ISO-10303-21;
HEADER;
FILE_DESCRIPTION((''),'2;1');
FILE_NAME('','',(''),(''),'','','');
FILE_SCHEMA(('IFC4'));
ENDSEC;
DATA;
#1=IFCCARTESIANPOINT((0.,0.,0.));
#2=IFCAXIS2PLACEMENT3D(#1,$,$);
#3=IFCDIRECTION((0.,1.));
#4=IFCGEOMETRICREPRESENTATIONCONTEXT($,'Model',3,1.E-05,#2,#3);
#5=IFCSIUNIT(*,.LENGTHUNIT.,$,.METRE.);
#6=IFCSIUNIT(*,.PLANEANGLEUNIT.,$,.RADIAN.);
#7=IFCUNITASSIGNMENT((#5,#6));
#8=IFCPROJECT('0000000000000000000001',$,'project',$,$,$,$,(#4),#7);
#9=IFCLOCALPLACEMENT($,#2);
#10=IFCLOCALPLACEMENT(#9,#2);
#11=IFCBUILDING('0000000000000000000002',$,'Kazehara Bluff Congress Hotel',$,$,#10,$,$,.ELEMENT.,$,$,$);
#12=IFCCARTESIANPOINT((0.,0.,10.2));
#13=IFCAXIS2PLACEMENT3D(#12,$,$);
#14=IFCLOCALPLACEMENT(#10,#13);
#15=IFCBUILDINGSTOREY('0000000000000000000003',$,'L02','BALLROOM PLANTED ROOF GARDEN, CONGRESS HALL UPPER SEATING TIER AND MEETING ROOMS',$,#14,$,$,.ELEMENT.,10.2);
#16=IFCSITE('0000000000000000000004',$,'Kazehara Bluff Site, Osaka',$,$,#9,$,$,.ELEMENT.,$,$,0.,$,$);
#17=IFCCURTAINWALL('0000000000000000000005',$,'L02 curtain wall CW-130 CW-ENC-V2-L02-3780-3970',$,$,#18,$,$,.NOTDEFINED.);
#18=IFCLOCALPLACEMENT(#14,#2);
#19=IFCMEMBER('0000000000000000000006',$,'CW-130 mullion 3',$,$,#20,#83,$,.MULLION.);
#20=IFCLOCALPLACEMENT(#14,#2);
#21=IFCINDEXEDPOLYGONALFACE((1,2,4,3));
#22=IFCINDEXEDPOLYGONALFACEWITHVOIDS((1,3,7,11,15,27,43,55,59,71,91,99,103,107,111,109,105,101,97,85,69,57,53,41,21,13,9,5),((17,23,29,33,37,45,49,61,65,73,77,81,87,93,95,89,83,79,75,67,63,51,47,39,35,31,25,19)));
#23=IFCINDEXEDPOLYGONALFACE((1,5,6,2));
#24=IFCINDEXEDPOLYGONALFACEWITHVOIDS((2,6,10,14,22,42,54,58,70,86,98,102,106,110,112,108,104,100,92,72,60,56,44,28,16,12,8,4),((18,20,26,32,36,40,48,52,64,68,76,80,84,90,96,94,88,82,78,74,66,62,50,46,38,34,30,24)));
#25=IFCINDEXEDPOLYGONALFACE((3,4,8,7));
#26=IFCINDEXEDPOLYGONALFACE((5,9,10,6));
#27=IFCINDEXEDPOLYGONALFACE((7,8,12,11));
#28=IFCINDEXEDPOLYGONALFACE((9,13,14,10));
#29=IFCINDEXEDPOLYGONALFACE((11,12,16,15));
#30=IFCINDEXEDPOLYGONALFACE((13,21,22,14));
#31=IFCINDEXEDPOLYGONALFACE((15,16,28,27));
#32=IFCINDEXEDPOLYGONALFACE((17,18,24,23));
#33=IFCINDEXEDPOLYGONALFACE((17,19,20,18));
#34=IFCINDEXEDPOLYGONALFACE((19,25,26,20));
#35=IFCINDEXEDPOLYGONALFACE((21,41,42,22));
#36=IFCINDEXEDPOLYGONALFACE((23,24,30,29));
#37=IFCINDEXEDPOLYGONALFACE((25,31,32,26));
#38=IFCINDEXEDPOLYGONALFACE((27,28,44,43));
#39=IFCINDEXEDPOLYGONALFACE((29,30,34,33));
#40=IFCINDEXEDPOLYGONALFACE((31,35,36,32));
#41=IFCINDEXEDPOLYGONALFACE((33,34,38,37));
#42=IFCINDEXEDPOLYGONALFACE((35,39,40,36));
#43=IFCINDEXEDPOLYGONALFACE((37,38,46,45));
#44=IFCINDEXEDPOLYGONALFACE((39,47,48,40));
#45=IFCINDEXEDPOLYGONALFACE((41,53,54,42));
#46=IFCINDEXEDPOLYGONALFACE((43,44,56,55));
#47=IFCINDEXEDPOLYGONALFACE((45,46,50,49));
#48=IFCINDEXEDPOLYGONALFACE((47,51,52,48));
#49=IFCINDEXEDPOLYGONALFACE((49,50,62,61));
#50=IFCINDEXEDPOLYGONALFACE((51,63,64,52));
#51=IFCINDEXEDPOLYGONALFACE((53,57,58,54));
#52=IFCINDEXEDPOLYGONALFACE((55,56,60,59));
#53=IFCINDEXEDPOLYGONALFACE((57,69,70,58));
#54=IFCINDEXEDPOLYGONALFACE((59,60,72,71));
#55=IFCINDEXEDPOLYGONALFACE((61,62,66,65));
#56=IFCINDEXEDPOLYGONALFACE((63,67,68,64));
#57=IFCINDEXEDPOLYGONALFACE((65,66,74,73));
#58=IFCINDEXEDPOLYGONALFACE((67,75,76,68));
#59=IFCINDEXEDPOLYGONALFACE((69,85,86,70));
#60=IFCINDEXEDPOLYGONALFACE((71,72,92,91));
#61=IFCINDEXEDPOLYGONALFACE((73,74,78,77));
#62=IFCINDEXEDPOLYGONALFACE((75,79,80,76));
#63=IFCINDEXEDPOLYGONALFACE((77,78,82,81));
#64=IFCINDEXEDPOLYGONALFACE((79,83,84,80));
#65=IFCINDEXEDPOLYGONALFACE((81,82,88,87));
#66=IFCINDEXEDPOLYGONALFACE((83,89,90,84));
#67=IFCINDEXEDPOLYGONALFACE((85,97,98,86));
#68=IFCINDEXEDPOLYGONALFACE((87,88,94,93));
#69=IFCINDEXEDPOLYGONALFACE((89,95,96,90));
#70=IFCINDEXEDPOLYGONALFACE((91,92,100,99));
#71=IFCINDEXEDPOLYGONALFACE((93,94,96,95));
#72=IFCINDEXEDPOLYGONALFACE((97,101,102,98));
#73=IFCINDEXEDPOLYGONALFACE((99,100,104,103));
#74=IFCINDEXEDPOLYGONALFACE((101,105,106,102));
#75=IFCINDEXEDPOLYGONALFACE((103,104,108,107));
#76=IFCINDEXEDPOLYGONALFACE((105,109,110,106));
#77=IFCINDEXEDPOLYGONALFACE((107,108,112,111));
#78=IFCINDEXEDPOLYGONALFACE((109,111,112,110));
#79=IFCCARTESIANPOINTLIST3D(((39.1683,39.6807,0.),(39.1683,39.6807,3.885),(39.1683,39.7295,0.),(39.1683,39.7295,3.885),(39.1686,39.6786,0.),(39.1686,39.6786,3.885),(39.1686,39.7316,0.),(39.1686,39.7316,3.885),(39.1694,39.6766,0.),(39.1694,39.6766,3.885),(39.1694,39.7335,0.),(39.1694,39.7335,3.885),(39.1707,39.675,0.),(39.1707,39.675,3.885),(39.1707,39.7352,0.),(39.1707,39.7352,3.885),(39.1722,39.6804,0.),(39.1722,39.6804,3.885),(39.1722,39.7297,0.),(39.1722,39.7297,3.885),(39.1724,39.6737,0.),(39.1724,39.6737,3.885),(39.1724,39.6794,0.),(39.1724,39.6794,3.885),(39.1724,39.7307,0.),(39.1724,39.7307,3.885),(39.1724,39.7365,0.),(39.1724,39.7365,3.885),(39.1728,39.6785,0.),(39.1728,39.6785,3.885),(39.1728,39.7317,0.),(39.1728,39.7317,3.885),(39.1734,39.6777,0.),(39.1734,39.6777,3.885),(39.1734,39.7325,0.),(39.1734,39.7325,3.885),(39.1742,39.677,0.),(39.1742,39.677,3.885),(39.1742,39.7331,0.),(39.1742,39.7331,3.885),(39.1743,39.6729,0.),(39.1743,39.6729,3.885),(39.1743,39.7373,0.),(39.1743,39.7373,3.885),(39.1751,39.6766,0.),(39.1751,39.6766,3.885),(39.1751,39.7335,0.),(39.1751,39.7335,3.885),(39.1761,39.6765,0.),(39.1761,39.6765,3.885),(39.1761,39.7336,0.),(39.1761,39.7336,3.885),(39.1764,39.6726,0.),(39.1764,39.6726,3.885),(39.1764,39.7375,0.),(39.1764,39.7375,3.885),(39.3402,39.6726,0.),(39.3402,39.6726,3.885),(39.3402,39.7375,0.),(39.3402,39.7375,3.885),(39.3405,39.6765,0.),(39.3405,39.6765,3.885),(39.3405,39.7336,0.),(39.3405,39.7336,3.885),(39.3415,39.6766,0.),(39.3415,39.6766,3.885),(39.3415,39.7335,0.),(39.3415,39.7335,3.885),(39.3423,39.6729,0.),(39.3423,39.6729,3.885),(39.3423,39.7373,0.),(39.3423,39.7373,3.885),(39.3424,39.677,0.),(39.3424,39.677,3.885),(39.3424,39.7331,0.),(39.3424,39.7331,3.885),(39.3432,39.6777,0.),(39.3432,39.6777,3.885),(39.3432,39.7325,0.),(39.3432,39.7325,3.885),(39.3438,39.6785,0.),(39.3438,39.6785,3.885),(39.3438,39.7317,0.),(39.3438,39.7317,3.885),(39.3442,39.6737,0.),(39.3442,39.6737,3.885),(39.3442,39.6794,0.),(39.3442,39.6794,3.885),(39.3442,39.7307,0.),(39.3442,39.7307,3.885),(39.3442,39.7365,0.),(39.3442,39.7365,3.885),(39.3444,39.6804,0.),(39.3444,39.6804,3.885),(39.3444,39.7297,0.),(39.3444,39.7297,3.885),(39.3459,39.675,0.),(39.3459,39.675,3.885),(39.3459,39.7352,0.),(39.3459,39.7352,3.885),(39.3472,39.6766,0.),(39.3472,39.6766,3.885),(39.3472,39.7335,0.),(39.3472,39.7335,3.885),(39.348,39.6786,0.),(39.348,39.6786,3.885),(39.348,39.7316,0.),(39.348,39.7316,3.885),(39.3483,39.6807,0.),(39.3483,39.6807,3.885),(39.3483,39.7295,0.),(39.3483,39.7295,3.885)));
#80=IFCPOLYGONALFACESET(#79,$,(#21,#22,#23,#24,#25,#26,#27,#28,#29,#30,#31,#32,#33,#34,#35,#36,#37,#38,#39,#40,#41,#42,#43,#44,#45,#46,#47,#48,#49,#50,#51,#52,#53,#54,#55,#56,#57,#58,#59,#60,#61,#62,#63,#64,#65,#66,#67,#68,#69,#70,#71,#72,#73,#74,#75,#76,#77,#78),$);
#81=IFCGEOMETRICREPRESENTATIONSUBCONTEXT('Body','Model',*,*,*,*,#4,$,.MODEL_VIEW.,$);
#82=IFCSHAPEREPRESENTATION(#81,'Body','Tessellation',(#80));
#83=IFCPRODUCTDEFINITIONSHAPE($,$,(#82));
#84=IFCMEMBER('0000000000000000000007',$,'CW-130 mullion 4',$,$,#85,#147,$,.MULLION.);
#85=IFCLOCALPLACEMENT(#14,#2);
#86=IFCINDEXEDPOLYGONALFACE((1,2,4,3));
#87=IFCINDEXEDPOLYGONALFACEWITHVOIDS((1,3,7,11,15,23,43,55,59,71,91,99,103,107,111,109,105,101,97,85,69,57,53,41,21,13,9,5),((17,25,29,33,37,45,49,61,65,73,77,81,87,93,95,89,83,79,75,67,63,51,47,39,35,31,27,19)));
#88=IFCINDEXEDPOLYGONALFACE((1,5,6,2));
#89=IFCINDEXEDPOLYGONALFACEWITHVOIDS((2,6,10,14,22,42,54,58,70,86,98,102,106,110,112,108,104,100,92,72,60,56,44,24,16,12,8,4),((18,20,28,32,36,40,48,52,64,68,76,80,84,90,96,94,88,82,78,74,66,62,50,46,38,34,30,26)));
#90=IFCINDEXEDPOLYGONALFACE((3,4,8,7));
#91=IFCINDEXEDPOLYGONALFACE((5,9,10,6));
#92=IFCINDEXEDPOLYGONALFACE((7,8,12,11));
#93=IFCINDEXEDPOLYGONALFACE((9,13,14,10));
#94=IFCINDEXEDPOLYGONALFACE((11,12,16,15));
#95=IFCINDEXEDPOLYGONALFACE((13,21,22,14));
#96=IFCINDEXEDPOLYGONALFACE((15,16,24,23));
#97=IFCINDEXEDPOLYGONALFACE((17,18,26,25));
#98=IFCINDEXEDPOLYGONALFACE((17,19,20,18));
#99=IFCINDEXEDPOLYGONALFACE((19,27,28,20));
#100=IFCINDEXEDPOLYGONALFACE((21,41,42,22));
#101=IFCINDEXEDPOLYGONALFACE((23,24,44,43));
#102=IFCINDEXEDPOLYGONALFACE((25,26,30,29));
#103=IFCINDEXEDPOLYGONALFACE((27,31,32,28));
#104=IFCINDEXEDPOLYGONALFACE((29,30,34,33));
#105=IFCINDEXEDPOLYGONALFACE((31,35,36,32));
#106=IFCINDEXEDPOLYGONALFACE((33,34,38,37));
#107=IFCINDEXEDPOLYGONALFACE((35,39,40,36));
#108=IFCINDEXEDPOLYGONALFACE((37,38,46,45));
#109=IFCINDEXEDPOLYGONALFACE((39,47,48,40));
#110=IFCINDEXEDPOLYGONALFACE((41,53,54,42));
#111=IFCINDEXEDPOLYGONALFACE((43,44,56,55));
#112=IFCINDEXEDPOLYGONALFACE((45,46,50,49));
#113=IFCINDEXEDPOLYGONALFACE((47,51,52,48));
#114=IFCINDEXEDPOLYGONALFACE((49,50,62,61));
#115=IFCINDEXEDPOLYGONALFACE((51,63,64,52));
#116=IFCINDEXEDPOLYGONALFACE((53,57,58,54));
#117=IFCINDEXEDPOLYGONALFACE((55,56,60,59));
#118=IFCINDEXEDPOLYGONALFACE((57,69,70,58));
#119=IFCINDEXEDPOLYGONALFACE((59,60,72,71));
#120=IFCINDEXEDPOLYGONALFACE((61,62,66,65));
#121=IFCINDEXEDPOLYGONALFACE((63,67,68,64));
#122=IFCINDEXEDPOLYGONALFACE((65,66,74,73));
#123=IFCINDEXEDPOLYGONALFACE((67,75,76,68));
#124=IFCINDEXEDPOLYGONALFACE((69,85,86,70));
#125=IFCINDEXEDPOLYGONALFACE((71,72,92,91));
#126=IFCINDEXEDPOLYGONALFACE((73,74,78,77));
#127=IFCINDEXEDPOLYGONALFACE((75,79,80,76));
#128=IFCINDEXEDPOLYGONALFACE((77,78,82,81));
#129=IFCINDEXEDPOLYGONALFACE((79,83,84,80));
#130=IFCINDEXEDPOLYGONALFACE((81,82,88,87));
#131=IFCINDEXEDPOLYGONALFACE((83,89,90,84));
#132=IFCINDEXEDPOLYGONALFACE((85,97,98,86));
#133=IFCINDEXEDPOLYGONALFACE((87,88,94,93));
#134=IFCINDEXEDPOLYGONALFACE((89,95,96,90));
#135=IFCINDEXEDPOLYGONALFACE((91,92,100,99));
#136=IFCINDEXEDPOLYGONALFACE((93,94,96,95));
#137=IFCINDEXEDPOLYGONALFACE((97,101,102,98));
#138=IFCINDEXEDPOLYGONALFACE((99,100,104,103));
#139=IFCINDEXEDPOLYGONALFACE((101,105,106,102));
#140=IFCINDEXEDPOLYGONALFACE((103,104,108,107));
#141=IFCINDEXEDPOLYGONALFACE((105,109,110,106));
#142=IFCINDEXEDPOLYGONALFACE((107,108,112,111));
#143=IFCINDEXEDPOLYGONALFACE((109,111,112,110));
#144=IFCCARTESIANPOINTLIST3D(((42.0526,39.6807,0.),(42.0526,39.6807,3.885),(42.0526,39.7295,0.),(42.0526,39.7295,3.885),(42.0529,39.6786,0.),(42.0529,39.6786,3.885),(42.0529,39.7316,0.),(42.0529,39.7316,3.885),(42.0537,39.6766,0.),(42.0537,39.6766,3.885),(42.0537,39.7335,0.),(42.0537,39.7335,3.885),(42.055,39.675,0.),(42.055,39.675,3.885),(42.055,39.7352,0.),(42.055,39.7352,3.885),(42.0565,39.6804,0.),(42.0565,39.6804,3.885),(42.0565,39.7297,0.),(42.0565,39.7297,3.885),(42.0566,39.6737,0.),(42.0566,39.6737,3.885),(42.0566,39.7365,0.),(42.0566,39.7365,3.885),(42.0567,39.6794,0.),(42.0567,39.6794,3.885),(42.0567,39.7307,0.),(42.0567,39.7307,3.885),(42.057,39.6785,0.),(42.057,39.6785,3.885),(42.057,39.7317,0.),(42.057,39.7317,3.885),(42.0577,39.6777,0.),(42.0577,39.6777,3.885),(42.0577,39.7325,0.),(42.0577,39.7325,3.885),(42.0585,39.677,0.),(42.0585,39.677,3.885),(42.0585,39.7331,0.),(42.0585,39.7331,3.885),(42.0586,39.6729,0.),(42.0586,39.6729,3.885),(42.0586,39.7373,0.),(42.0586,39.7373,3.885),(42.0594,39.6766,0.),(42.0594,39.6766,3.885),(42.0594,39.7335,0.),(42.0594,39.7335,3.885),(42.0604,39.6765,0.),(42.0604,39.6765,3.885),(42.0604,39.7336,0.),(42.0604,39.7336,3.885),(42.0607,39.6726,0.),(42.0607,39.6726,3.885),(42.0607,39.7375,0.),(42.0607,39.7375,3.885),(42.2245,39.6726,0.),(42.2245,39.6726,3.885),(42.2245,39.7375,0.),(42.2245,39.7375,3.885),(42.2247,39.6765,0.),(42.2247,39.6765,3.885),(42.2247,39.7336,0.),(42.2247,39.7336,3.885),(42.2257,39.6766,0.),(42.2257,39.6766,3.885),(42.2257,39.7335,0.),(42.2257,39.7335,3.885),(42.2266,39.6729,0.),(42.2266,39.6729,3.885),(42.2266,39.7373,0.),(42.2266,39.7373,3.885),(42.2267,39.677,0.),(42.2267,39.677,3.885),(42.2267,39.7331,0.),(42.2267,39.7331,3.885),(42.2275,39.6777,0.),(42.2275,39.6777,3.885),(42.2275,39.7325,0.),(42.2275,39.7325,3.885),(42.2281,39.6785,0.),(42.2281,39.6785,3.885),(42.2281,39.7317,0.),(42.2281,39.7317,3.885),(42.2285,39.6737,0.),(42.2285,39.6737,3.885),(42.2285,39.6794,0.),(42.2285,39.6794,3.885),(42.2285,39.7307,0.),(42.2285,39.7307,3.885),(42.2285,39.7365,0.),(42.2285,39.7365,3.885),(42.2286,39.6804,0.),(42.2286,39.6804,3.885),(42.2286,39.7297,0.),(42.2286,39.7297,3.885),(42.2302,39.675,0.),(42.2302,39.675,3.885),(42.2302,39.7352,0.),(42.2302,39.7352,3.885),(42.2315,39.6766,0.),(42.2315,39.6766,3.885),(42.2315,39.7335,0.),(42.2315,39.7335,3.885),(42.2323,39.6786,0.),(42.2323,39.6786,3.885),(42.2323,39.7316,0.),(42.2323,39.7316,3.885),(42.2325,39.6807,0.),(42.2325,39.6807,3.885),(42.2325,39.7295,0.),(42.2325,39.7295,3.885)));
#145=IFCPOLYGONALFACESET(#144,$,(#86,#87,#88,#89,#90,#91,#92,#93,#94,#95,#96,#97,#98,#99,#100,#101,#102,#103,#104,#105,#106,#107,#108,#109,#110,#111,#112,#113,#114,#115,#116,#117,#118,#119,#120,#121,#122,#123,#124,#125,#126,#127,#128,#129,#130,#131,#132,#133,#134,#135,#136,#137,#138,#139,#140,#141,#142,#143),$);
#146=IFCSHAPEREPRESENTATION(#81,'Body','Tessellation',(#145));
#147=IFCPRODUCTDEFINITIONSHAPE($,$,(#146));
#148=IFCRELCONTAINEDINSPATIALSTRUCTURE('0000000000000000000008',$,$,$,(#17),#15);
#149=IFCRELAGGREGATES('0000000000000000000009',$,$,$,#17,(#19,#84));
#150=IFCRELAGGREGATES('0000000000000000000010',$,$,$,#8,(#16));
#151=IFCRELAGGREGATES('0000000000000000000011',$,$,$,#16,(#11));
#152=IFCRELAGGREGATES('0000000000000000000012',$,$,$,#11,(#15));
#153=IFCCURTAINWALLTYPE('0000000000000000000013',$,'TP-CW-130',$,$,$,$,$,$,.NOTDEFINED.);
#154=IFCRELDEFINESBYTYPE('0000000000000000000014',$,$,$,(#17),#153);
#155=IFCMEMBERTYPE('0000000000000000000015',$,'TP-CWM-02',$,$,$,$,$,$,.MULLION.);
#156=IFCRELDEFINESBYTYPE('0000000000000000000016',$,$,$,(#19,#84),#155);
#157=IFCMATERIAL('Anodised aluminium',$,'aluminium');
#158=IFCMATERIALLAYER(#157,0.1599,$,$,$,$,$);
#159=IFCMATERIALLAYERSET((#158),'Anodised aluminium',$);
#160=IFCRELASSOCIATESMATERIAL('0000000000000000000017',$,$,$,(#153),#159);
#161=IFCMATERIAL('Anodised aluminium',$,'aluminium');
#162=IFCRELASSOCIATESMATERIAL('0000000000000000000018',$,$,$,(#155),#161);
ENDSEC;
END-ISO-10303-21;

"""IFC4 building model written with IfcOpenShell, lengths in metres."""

from ifc_helpers import new_model, si_unit, direction, frame, origin, origin_2d, place, context, subcontext, project, spatial, hollow_rectangle, extrude, material, layer, layer_set, material_profile, profile_set, type_object, element, aggregate, save


model = new_model("IFC4")

# Units and contexts
model_context = context("Model", 3, precision=1e-05, world=origin(), true_north=direction((0.0, 1.0)))
body_context = subcontext(model_context, "Body", "Model", "MODEL_VIEW")
ifc_project = project(units=[si_unit("LENGTHUNIT", "METRE"), si_unit("PLANEANGLEUNIT", "RADIAN")], contexts=[model_context])

# Site, building, storey
site_placement = place(None, origin())
site = spatial("IfcSite", under=ifc_project, at=site_placement, Name="Kazehara Bluff Site, Osaka", CompositionType="ELEMENT", RefElevation=0.0)
building_placement = place(site_placement, origin())
building = spatial("IfcBuilding", under=site, at=building_placement, Name="Kazehara Bluff Congress Hotel", CompositionType="ELEMENT")
storey_placement = place(building_placement, frame((0.0, 0.0, 10.2)))
storey = spatial("IfcBuildingStorey", under=building, at=storey_placement, Name="L02", Description="BALLROOM PLANTED ROOF GARDEN, CONGRESS HALL UPPER SEATING TIER AND MEETING ROOMS", CompositionType="ELEMENT", Elevation=10.2)

# Curtain wall, members
ifc_material_1 = material(Name="Anodised aluminium", Category="aluminium")
ifc_layer_1 = layer(ifc_material_1, 0.1599)
ifc_layer_set_1 = layer_set([ifc_layer_1], Name="Anodised aluminium")
curtain_wall_type_1 = type_object("IfcCurtainWallType", Name="TP-CW-130", PredefinedType="NOTDEFINED", material=ifc_layer_set_1)
curtain_wall_1_placement = place(storey_placement, origin())
curtain_wall_1 = element("IfcCurtainWall", 1, at=curtain_wall_1_placement, inside=storey, type_object=curtain_wall_type_1, Name="L02 curtain wall CW-130 CW-ENC-V2-L02-3780-3970", PredefinedType="NOTDEFINED")
ifc_material_2 = material(Name="Anodised aluminium", Category="aluminium")
ifc_material_profile_1 = material_profile(ifc_material_2, hollow_rectangle(XDim=0.0649, YDim=0.1799, WallThickness=0.0039, InnerFilletRadius=0.0039, OuterFilletRadius=0.0081, at=origin_2d()))
ifc_profile_set_1 = profile_set([ifc_material_profile_1], Name="Anodised aluminium")
member_type_1 = type_object("IfcMemberType", Name="TP-CWM-02", PredefinedType="MULLION", material=ifc_profile_set_1)
member_1_placement = place(storey_placement, frame((39.2583, 39.7051, 0.0), z_axis=(0.0, 0.0, 1.0), x_axis=(0.0, 1.0, 0.0)))
member_1 = element("IfcMember", 2, at=member_1_placement, type_object=member_type_1, Name="CW-130 mullion 3", PredefinedType="MULLION", context=body_context, shape_type="SweptSolid", body=[
    extrude(hollow_rectangle(XDim=0.0649, YDim=0.1799, WallThickness=0.0039, InnerFilletRadius=0.0039, OuterFilletRadius=0.0081, at=origin_2d()), origin(), (0.0, 0.0, 1.0), 3.885),
])
member_2_placement = place(storey_placement, frame((42.1426, 39.7051, 0.0), z_axis=(0.0, 0.0, 1.0), x_axis=(0.0, 1.0, 0.0)))
member_2 = element("IfcMember", 3, at=member_2_placement, type_object=member_type_1, Name="CW-130 mullion 4", PredefinedType="MULLION", context=body_context, shape_type="SweptSolid", body=[
    extrude(hollow_rectangle(XDim=0.0649, YDim=0.1799, WallThickness=0.0039, InnerFilletRadius=0.0039, OuterFilletRadius=0.0081, at=origin_2d()), origin(), (0.0, 0.0, 1.0), 3.885),
])

aggregate(curtain_wall_1, [member_1, member_2])

save(model, "model.ifc")
